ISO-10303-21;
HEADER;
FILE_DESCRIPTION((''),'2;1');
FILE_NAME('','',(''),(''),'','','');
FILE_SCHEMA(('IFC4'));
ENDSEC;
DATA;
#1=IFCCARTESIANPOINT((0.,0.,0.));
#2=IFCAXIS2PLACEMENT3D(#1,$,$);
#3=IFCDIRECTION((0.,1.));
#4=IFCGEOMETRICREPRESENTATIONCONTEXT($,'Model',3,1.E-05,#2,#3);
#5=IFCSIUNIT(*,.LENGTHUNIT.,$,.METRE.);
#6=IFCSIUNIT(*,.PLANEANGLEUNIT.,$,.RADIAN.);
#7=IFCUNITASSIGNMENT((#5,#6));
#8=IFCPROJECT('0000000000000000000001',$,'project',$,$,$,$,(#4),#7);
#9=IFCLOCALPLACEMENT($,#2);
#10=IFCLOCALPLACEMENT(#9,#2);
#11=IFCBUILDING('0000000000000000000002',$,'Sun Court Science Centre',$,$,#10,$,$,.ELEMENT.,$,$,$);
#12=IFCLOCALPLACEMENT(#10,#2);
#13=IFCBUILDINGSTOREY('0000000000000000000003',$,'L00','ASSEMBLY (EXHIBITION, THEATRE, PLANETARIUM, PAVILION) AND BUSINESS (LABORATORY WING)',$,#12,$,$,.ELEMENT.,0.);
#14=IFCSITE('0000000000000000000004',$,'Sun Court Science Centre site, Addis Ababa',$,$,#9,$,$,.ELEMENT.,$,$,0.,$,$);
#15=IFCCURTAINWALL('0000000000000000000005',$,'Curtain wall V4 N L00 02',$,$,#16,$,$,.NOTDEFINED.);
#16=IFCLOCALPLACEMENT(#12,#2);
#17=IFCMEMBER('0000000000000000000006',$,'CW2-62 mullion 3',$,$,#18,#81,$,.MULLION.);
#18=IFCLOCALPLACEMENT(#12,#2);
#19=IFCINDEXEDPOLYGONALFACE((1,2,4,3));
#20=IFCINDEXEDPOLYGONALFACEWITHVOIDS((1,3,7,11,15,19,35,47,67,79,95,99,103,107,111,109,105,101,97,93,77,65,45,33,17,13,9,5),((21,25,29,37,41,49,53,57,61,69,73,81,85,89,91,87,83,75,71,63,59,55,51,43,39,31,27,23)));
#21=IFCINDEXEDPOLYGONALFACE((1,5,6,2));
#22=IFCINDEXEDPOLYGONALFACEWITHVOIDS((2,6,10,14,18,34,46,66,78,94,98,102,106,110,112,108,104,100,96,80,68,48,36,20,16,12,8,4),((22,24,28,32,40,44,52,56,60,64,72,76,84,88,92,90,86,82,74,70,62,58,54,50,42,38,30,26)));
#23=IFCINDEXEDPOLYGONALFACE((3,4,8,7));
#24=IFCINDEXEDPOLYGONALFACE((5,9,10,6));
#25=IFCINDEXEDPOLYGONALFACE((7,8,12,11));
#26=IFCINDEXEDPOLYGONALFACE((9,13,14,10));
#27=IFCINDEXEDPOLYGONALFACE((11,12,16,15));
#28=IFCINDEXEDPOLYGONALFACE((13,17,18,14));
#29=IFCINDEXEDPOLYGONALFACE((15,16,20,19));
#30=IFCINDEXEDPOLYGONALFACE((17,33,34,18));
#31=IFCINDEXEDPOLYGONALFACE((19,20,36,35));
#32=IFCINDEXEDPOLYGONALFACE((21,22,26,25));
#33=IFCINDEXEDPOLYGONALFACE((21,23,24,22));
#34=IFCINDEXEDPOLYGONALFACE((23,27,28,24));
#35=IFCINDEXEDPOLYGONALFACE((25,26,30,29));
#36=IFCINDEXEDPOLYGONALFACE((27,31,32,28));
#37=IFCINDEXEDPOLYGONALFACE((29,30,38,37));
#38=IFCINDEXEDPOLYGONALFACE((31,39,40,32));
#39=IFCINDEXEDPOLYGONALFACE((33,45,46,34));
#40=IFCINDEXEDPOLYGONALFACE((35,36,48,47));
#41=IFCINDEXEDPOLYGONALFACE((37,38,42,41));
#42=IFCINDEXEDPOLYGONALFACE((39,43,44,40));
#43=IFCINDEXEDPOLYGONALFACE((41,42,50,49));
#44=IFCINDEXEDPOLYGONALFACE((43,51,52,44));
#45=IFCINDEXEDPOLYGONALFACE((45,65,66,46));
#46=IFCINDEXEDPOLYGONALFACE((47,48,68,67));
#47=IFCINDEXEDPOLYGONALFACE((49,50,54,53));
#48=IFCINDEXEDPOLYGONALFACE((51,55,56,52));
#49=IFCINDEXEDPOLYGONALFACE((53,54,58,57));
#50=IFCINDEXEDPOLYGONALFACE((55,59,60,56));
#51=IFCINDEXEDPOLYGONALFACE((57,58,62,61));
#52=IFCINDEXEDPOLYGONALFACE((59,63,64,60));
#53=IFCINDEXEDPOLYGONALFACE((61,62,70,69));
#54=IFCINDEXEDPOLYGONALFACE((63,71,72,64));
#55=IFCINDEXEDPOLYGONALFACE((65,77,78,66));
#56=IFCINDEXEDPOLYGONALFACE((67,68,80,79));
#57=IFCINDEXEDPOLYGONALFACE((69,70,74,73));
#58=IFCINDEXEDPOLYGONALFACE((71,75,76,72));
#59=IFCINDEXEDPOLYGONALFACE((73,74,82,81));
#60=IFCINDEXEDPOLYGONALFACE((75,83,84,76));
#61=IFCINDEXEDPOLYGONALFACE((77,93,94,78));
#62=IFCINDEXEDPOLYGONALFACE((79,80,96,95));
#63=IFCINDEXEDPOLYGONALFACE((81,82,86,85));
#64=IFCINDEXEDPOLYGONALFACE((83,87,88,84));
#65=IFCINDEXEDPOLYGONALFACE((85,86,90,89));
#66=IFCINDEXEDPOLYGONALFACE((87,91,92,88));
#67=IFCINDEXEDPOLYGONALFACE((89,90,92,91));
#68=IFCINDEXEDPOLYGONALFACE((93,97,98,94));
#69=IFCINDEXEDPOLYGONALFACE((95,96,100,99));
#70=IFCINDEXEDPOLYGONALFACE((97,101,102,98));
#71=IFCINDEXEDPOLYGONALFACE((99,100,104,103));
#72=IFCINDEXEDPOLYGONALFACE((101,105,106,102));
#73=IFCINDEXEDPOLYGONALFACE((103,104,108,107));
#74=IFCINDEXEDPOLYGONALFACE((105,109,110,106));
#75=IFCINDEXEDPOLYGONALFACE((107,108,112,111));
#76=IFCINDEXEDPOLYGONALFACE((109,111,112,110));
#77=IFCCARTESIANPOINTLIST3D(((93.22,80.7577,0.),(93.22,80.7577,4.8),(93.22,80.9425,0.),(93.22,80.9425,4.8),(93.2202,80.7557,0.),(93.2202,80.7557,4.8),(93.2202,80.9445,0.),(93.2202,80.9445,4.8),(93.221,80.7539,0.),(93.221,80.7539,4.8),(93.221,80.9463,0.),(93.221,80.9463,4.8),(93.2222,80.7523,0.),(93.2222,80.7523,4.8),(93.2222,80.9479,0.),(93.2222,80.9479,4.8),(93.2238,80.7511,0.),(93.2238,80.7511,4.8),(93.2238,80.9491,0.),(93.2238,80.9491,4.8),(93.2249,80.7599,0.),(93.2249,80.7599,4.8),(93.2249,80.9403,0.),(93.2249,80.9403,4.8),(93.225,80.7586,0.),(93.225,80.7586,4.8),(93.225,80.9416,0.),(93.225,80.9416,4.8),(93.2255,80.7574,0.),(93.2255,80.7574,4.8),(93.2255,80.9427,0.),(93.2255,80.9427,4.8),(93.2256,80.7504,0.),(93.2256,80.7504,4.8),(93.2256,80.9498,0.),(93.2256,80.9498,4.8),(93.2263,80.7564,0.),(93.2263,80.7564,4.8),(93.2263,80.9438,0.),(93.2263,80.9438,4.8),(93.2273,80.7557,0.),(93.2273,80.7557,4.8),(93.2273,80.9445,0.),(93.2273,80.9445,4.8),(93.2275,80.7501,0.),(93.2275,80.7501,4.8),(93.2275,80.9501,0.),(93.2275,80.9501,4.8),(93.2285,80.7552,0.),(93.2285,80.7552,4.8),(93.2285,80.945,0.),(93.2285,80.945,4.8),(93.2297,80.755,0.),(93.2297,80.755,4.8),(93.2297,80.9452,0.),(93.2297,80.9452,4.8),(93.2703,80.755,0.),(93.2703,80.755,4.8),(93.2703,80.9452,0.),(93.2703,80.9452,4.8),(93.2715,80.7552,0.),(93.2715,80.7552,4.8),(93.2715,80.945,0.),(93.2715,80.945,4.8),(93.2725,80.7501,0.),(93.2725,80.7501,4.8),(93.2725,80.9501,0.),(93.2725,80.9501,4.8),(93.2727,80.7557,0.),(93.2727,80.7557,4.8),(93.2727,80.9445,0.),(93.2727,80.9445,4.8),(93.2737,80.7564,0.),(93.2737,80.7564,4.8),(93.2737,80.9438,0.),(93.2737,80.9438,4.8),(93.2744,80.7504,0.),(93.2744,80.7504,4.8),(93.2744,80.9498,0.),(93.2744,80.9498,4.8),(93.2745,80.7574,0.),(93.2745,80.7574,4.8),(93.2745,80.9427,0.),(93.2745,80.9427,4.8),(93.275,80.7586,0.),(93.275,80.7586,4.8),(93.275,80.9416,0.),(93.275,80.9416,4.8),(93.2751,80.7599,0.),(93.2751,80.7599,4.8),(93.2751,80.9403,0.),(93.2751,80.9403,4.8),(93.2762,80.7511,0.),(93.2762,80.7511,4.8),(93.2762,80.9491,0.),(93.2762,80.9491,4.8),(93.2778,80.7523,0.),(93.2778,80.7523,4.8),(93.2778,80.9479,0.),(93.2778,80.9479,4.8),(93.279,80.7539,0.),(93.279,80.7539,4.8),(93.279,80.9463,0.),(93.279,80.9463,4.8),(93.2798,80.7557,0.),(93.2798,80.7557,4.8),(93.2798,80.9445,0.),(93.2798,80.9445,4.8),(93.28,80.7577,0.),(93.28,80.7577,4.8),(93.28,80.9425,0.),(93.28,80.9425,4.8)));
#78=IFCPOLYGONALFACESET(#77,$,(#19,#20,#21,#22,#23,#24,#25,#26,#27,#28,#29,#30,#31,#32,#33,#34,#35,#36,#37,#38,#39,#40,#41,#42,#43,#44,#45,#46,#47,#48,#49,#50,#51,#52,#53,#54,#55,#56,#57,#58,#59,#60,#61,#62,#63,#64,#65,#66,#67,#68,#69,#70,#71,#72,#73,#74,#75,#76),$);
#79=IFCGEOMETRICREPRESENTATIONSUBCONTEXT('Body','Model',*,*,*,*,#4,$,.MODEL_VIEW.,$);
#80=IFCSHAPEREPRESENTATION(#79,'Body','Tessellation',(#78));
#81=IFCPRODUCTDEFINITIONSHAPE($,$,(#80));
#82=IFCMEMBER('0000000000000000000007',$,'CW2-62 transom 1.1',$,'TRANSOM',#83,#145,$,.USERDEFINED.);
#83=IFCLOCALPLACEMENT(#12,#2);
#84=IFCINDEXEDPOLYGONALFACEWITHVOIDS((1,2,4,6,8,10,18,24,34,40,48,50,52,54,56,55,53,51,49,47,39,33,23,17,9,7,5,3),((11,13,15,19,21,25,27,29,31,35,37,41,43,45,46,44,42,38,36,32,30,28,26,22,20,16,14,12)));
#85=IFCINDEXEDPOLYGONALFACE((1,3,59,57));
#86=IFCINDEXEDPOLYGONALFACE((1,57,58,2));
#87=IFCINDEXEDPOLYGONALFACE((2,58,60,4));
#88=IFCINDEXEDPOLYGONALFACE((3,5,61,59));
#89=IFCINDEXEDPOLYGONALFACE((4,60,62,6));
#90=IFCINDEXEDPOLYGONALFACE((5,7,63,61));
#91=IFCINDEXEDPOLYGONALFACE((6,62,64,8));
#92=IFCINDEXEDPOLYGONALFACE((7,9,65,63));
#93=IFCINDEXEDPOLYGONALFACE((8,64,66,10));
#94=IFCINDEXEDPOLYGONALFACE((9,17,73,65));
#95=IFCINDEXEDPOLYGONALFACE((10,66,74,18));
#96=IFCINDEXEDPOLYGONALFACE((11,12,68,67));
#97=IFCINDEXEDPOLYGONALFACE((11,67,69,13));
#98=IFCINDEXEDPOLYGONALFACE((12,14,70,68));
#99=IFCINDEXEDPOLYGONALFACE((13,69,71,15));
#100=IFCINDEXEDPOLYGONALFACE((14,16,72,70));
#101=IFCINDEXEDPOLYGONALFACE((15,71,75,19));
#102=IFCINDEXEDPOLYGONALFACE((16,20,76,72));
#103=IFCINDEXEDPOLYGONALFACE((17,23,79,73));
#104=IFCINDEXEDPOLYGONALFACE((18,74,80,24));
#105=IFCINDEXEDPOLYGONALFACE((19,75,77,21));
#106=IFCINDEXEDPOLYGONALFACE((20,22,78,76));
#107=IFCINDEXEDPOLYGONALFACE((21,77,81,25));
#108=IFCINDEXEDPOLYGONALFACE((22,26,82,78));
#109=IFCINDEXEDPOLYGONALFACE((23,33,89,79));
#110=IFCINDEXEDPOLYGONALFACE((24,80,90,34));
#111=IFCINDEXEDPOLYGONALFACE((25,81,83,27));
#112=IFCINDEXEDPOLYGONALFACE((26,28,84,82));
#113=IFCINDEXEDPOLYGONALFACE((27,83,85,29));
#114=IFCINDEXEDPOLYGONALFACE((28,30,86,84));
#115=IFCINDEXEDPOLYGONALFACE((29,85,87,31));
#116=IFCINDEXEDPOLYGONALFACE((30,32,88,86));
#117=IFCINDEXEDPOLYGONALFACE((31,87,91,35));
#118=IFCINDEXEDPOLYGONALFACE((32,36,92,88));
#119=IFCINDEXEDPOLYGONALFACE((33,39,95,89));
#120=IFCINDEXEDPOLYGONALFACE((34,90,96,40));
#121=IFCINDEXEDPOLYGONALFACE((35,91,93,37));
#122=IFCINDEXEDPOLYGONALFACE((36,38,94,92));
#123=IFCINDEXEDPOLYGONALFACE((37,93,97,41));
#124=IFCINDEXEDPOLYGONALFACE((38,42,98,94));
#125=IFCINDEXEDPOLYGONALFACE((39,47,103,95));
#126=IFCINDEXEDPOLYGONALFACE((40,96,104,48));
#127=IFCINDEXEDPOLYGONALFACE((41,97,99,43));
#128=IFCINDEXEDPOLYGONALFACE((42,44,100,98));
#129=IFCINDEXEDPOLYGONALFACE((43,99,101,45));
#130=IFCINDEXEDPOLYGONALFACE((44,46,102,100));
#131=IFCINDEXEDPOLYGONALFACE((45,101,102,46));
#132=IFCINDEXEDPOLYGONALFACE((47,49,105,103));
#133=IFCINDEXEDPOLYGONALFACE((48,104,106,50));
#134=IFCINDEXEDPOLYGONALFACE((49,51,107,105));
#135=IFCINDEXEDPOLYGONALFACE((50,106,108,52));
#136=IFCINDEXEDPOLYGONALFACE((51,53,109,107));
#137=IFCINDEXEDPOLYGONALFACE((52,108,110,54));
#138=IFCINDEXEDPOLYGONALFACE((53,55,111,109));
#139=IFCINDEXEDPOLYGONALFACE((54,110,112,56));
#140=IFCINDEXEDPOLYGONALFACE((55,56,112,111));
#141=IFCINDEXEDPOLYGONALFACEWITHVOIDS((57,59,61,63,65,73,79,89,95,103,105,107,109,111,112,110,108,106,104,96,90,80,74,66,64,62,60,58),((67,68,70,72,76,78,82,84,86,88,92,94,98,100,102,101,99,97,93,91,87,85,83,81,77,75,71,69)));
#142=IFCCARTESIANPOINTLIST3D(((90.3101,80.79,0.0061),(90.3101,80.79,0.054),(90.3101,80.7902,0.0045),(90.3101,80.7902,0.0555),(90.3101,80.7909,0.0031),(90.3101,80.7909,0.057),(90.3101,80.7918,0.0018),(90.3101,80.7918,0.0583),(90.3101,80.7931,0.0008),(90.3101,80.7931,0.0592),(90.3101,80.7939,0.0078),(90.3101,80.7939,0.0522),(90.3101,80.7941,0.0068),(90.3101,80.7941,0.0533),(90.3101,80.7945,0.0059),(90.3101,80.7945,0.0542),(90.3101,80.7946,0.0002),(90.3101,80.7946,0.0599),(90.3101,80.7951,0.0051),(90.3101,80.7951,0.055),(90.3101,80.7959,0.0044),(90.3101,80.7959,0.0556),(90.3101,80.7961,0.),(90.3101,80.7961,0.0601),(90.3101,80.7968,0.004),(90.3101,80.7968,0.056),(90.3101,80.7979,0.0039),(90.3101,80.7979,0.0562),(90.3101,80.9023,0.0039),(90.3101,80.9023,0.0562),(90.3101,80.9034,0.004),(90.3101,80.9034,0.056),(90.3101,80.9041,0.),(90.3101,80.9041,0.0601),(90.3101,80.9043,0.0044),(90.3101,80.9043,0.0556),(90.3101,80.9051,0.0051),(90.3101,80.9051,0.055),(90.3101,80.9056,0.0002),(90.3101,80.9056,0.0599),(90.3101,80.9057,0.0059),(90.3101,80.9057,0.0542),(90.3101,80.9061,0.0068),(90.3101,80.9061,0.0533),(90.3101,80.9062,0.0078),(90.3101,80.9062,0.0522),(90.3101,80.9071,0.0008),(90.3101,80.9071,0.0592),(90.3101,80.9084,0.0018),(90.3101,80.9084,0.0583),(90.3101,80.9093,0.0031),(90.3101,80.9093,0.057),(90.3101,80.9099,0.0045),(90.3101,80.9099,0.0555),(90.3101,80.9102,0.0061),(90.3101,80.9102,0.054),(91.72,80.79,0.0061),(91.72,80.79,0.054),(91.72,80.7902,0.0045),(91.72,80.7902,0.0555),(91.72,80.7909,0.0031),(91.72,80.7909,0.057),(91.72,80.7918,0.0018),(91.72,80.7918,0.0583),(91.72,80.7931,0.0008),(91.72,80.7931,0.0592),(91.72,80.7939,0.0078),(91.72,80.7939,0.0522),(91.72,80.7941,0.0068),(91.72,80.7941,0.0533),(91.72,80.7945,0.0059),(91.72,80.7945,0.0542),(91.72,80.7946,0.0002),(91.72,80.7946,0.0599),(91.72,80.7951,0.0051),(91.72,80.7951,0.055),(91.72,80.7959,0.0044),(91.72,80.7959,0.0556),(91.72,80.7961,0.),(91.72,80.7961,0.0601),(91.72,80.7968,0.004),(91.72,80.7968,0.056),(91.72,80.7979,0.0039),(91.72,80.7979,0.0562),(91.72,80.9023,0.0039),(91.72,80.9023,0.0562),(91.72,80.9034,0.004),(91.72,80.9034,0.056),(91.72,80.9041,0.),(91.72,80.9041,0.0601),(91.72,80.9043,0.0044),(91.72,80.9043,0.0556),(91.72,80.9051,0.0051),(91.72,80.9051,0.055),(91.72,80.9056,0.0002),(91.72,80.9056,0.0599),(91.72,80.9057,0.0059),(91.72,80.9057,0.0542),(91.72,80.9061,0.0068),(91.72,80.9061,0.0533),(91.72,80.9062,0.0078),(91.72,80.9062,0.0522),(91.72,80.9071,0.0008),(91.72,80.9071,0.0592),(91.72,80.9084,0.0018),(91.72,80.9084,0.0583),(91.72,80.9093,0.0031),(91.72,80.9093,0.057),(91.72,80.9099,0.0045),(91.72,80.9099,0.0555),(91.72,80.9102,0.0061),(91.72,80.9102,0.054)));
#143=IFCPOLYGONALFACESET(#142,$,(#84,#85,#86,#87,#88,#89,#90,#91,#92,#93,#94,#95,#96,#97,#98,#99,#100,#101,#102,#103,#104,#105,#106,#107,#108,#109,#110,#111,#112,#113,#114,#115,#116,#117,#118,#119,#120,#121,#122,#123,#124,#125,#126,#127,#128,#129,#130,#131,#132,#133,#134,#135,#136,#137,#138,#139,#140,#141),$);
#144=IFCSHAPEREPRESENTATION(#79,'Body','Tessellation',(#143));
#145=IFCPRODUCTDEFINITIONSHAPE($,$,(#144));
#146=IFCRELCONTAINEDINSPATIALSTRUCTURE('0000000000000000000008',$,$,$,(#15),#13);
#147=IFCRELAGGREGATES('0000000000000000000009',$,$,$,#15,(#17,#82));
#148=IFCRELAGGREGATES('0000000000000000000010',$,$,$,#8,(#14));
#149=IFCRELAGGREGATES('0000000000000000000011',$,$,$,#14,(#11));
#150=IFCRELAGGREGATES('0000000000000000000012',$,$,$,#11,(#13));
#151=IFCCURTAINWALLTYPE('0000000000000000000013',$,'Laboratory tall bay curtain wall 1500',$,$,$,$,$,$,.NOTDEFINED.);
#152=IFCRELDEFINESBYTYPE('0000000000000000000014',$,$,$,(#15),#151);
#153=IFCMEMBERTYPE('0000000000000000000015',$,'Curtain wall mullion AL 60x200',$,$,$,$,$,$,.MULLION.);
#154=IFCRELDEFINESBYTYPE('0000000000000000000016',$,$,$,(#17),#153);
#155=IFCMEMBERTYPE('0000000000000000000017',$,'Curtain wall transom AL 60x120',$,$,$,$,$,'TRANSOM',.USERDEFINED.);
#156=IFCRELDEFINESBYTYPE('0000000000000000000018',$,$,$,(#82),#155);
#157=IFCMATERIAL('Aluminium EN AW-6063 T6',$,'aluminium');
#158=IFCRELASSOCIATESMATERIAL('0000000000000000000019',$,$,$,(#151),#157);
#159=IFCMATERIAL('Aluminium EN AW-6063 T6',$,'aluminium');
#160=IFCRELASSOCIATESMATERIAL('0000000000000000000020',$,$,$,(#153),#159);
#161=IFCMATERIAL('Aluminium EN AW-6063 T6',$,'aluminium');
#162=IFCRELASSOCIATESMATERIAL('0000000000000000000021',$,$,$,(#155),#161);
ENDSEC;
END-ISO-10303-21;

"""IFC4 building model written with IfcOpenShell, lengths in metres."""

from ifc_helpers import new_model, si_unit, direction, frame, origin, origin_2d, place, context, subcontext, project, spatial, hollow_rectangle, extrude, material, material_profile, profile_set, type_object, element, aggregate, save


model = new_model("IFC4")

# Units and contexts
model_context = context("Model", 3, precision=1e-05, world=origin(), true_north=direction((0.0, 1.0)))
body_context = subcontext(model_context, "Body", "Model", "MODEL_VIEW")
ifc_project = project(units=[si_unit("LENGTHUNIT", "METRE"), si_unit("PLANEANGLEUNIT", "RADIAN")], contexts=[model_context])

# Site, building, storey
site_placement = place(None, origin())
site = spatial("IfcSite", under=ifc_project, at=site_placement, Name="Sun Court Science Centre site, Addis Ababa", CompositionType="ELEMENT", RefElevation=0.0)
building_placement = place(site_placement, origin())
building = spatial("IfcBuilding", under=site, at=building_placement, Name="Sun Court Science Centre", CompositionType="ELEMENT")
storey_placement = place(building_placement, origin())
storey = spatial("IfcBuildingStorey", under=building, at=storey_placement, Name="L00", Description="ASSEMBLY (EXHIBITION, THEATRE, PLANETARIUM, PAVILION) AND BUSINESS (LABORATORY WING)", CompositionType="ELEMENT", Elevation=0.0)

# Curtain wall, members
ifc_material_1 = material(Name="Aluminium EN AW-6063 T6", Category="aluminium")
curtain_wall_type = type_object("IfcCurtainWallType", Name="Laboratory tall bay curtain wall 1500", PredefinedType="NOTDEFINED", material=ifc_material_1)
curtain_wall_placement = place(storey_placement, origin())
curtain_wall = element("IfcCurtainWall", 1, at=curtain_wall_placement, inside=storey, type_object=curtain_wall_type, Name="Curtain wall V4 N L00 02", PredefinedType="NOTDEFINED")
ifc_material_2 = material(Name="Aluminium EN AW-6063 T6", Category="aluminium")
ifc_material_profile_1 = material_profile(ifc_material_2, hollow_rectangle(XDim=0.0601, YDim=0.2, WallThickness=0.0049, InnerFilletRadius=0.0049, OuterFilletRadius=0.0076, at=origin_2d()), Name="AL 60x200x5")
ifc_profile_set_1 = profile_set([ifc_material_profile_1], Name="Aluminium EN AW-6063 T6")
member_type_1 = type_object("IfcMemberType", Name="Curtain wall mullion AL 60x200", PredefinedType="MULLION", material=ifc_profile_set_1)
member_1_placement = place(storey_placement, frame((93.25, 80.8501, 0.0), z_axis=(0.0, 0.0, 1.0), x_axis=(1.0, 0.0, 0.0)))
member_1 = element("IfcMember", 2, at=member_1_placement, type_object=member_type_1, Name="CW2-62 mullion 3", PredefinedType="MULLION", context=body_context, shape_type="SweptSolid", body=[
    extrude(hollow_rectangle(XDim=0.0601, YDim=0.2, WallThickness=0.0049, InnerFilletRadius=0.0049, OuterFilletRadius=0.0076, at=origin_2d()), origin(), (0.0, 0.0, 1.0), 4.8),
])
ifc_material_3 = material(Name="Aluminium EN AW-6063 T6", Category="aluminium")
ifc_material_profile_2 = material_profile(ifc_material_3, hollow_rectangle(XDim=0.0601, YDim=0.1201, WallThickness=0.0039, InnerFilletRadius=0.0039, OuterFilletRadius=0.0061, at=origin_2d()), Name="AL 60x120x4")
ifc_profile_set_2 = profile_set([ifc_material_profile_2], Name="Aluminium EN AW-6063 T6")
member_type_2 = type_object("IfcMemberType", Name="Curtain wall transom AL 60x120", ElementType="TRANSOM", PredefinedType="USERDEFINED", material=ifc_profile_set_2)
member_2_placement = place(storey_placement, frame((90.3101, 80.8501, 0.03), z_axis=(1.0, 0.0, 0.0), x_axis=(0.0, 0.0, 1.0)))
member_2 = element("IfcMember", 3, at=member_2_placement, type_object=member_type_2, Name="CW2-62 transom 1.1", ObjectType="TRANSOM", PredefinedType="USERDEFINED", context=body_context, shape_type="SweptSolid", body=[
    extrude(hollow_rectangle(XDim=0.0601, YDim=0.1201, WallThickness=0.0039, InnerFilletRadius=0.0039, OuterFilletRadius=0.0061, at=origin_2d()), origin(), (0.0, 0.0, 1.0), 1.4099),
])
aggregate(curtain_wall, [member_1, member_2])

save(model, "model.ifc")
